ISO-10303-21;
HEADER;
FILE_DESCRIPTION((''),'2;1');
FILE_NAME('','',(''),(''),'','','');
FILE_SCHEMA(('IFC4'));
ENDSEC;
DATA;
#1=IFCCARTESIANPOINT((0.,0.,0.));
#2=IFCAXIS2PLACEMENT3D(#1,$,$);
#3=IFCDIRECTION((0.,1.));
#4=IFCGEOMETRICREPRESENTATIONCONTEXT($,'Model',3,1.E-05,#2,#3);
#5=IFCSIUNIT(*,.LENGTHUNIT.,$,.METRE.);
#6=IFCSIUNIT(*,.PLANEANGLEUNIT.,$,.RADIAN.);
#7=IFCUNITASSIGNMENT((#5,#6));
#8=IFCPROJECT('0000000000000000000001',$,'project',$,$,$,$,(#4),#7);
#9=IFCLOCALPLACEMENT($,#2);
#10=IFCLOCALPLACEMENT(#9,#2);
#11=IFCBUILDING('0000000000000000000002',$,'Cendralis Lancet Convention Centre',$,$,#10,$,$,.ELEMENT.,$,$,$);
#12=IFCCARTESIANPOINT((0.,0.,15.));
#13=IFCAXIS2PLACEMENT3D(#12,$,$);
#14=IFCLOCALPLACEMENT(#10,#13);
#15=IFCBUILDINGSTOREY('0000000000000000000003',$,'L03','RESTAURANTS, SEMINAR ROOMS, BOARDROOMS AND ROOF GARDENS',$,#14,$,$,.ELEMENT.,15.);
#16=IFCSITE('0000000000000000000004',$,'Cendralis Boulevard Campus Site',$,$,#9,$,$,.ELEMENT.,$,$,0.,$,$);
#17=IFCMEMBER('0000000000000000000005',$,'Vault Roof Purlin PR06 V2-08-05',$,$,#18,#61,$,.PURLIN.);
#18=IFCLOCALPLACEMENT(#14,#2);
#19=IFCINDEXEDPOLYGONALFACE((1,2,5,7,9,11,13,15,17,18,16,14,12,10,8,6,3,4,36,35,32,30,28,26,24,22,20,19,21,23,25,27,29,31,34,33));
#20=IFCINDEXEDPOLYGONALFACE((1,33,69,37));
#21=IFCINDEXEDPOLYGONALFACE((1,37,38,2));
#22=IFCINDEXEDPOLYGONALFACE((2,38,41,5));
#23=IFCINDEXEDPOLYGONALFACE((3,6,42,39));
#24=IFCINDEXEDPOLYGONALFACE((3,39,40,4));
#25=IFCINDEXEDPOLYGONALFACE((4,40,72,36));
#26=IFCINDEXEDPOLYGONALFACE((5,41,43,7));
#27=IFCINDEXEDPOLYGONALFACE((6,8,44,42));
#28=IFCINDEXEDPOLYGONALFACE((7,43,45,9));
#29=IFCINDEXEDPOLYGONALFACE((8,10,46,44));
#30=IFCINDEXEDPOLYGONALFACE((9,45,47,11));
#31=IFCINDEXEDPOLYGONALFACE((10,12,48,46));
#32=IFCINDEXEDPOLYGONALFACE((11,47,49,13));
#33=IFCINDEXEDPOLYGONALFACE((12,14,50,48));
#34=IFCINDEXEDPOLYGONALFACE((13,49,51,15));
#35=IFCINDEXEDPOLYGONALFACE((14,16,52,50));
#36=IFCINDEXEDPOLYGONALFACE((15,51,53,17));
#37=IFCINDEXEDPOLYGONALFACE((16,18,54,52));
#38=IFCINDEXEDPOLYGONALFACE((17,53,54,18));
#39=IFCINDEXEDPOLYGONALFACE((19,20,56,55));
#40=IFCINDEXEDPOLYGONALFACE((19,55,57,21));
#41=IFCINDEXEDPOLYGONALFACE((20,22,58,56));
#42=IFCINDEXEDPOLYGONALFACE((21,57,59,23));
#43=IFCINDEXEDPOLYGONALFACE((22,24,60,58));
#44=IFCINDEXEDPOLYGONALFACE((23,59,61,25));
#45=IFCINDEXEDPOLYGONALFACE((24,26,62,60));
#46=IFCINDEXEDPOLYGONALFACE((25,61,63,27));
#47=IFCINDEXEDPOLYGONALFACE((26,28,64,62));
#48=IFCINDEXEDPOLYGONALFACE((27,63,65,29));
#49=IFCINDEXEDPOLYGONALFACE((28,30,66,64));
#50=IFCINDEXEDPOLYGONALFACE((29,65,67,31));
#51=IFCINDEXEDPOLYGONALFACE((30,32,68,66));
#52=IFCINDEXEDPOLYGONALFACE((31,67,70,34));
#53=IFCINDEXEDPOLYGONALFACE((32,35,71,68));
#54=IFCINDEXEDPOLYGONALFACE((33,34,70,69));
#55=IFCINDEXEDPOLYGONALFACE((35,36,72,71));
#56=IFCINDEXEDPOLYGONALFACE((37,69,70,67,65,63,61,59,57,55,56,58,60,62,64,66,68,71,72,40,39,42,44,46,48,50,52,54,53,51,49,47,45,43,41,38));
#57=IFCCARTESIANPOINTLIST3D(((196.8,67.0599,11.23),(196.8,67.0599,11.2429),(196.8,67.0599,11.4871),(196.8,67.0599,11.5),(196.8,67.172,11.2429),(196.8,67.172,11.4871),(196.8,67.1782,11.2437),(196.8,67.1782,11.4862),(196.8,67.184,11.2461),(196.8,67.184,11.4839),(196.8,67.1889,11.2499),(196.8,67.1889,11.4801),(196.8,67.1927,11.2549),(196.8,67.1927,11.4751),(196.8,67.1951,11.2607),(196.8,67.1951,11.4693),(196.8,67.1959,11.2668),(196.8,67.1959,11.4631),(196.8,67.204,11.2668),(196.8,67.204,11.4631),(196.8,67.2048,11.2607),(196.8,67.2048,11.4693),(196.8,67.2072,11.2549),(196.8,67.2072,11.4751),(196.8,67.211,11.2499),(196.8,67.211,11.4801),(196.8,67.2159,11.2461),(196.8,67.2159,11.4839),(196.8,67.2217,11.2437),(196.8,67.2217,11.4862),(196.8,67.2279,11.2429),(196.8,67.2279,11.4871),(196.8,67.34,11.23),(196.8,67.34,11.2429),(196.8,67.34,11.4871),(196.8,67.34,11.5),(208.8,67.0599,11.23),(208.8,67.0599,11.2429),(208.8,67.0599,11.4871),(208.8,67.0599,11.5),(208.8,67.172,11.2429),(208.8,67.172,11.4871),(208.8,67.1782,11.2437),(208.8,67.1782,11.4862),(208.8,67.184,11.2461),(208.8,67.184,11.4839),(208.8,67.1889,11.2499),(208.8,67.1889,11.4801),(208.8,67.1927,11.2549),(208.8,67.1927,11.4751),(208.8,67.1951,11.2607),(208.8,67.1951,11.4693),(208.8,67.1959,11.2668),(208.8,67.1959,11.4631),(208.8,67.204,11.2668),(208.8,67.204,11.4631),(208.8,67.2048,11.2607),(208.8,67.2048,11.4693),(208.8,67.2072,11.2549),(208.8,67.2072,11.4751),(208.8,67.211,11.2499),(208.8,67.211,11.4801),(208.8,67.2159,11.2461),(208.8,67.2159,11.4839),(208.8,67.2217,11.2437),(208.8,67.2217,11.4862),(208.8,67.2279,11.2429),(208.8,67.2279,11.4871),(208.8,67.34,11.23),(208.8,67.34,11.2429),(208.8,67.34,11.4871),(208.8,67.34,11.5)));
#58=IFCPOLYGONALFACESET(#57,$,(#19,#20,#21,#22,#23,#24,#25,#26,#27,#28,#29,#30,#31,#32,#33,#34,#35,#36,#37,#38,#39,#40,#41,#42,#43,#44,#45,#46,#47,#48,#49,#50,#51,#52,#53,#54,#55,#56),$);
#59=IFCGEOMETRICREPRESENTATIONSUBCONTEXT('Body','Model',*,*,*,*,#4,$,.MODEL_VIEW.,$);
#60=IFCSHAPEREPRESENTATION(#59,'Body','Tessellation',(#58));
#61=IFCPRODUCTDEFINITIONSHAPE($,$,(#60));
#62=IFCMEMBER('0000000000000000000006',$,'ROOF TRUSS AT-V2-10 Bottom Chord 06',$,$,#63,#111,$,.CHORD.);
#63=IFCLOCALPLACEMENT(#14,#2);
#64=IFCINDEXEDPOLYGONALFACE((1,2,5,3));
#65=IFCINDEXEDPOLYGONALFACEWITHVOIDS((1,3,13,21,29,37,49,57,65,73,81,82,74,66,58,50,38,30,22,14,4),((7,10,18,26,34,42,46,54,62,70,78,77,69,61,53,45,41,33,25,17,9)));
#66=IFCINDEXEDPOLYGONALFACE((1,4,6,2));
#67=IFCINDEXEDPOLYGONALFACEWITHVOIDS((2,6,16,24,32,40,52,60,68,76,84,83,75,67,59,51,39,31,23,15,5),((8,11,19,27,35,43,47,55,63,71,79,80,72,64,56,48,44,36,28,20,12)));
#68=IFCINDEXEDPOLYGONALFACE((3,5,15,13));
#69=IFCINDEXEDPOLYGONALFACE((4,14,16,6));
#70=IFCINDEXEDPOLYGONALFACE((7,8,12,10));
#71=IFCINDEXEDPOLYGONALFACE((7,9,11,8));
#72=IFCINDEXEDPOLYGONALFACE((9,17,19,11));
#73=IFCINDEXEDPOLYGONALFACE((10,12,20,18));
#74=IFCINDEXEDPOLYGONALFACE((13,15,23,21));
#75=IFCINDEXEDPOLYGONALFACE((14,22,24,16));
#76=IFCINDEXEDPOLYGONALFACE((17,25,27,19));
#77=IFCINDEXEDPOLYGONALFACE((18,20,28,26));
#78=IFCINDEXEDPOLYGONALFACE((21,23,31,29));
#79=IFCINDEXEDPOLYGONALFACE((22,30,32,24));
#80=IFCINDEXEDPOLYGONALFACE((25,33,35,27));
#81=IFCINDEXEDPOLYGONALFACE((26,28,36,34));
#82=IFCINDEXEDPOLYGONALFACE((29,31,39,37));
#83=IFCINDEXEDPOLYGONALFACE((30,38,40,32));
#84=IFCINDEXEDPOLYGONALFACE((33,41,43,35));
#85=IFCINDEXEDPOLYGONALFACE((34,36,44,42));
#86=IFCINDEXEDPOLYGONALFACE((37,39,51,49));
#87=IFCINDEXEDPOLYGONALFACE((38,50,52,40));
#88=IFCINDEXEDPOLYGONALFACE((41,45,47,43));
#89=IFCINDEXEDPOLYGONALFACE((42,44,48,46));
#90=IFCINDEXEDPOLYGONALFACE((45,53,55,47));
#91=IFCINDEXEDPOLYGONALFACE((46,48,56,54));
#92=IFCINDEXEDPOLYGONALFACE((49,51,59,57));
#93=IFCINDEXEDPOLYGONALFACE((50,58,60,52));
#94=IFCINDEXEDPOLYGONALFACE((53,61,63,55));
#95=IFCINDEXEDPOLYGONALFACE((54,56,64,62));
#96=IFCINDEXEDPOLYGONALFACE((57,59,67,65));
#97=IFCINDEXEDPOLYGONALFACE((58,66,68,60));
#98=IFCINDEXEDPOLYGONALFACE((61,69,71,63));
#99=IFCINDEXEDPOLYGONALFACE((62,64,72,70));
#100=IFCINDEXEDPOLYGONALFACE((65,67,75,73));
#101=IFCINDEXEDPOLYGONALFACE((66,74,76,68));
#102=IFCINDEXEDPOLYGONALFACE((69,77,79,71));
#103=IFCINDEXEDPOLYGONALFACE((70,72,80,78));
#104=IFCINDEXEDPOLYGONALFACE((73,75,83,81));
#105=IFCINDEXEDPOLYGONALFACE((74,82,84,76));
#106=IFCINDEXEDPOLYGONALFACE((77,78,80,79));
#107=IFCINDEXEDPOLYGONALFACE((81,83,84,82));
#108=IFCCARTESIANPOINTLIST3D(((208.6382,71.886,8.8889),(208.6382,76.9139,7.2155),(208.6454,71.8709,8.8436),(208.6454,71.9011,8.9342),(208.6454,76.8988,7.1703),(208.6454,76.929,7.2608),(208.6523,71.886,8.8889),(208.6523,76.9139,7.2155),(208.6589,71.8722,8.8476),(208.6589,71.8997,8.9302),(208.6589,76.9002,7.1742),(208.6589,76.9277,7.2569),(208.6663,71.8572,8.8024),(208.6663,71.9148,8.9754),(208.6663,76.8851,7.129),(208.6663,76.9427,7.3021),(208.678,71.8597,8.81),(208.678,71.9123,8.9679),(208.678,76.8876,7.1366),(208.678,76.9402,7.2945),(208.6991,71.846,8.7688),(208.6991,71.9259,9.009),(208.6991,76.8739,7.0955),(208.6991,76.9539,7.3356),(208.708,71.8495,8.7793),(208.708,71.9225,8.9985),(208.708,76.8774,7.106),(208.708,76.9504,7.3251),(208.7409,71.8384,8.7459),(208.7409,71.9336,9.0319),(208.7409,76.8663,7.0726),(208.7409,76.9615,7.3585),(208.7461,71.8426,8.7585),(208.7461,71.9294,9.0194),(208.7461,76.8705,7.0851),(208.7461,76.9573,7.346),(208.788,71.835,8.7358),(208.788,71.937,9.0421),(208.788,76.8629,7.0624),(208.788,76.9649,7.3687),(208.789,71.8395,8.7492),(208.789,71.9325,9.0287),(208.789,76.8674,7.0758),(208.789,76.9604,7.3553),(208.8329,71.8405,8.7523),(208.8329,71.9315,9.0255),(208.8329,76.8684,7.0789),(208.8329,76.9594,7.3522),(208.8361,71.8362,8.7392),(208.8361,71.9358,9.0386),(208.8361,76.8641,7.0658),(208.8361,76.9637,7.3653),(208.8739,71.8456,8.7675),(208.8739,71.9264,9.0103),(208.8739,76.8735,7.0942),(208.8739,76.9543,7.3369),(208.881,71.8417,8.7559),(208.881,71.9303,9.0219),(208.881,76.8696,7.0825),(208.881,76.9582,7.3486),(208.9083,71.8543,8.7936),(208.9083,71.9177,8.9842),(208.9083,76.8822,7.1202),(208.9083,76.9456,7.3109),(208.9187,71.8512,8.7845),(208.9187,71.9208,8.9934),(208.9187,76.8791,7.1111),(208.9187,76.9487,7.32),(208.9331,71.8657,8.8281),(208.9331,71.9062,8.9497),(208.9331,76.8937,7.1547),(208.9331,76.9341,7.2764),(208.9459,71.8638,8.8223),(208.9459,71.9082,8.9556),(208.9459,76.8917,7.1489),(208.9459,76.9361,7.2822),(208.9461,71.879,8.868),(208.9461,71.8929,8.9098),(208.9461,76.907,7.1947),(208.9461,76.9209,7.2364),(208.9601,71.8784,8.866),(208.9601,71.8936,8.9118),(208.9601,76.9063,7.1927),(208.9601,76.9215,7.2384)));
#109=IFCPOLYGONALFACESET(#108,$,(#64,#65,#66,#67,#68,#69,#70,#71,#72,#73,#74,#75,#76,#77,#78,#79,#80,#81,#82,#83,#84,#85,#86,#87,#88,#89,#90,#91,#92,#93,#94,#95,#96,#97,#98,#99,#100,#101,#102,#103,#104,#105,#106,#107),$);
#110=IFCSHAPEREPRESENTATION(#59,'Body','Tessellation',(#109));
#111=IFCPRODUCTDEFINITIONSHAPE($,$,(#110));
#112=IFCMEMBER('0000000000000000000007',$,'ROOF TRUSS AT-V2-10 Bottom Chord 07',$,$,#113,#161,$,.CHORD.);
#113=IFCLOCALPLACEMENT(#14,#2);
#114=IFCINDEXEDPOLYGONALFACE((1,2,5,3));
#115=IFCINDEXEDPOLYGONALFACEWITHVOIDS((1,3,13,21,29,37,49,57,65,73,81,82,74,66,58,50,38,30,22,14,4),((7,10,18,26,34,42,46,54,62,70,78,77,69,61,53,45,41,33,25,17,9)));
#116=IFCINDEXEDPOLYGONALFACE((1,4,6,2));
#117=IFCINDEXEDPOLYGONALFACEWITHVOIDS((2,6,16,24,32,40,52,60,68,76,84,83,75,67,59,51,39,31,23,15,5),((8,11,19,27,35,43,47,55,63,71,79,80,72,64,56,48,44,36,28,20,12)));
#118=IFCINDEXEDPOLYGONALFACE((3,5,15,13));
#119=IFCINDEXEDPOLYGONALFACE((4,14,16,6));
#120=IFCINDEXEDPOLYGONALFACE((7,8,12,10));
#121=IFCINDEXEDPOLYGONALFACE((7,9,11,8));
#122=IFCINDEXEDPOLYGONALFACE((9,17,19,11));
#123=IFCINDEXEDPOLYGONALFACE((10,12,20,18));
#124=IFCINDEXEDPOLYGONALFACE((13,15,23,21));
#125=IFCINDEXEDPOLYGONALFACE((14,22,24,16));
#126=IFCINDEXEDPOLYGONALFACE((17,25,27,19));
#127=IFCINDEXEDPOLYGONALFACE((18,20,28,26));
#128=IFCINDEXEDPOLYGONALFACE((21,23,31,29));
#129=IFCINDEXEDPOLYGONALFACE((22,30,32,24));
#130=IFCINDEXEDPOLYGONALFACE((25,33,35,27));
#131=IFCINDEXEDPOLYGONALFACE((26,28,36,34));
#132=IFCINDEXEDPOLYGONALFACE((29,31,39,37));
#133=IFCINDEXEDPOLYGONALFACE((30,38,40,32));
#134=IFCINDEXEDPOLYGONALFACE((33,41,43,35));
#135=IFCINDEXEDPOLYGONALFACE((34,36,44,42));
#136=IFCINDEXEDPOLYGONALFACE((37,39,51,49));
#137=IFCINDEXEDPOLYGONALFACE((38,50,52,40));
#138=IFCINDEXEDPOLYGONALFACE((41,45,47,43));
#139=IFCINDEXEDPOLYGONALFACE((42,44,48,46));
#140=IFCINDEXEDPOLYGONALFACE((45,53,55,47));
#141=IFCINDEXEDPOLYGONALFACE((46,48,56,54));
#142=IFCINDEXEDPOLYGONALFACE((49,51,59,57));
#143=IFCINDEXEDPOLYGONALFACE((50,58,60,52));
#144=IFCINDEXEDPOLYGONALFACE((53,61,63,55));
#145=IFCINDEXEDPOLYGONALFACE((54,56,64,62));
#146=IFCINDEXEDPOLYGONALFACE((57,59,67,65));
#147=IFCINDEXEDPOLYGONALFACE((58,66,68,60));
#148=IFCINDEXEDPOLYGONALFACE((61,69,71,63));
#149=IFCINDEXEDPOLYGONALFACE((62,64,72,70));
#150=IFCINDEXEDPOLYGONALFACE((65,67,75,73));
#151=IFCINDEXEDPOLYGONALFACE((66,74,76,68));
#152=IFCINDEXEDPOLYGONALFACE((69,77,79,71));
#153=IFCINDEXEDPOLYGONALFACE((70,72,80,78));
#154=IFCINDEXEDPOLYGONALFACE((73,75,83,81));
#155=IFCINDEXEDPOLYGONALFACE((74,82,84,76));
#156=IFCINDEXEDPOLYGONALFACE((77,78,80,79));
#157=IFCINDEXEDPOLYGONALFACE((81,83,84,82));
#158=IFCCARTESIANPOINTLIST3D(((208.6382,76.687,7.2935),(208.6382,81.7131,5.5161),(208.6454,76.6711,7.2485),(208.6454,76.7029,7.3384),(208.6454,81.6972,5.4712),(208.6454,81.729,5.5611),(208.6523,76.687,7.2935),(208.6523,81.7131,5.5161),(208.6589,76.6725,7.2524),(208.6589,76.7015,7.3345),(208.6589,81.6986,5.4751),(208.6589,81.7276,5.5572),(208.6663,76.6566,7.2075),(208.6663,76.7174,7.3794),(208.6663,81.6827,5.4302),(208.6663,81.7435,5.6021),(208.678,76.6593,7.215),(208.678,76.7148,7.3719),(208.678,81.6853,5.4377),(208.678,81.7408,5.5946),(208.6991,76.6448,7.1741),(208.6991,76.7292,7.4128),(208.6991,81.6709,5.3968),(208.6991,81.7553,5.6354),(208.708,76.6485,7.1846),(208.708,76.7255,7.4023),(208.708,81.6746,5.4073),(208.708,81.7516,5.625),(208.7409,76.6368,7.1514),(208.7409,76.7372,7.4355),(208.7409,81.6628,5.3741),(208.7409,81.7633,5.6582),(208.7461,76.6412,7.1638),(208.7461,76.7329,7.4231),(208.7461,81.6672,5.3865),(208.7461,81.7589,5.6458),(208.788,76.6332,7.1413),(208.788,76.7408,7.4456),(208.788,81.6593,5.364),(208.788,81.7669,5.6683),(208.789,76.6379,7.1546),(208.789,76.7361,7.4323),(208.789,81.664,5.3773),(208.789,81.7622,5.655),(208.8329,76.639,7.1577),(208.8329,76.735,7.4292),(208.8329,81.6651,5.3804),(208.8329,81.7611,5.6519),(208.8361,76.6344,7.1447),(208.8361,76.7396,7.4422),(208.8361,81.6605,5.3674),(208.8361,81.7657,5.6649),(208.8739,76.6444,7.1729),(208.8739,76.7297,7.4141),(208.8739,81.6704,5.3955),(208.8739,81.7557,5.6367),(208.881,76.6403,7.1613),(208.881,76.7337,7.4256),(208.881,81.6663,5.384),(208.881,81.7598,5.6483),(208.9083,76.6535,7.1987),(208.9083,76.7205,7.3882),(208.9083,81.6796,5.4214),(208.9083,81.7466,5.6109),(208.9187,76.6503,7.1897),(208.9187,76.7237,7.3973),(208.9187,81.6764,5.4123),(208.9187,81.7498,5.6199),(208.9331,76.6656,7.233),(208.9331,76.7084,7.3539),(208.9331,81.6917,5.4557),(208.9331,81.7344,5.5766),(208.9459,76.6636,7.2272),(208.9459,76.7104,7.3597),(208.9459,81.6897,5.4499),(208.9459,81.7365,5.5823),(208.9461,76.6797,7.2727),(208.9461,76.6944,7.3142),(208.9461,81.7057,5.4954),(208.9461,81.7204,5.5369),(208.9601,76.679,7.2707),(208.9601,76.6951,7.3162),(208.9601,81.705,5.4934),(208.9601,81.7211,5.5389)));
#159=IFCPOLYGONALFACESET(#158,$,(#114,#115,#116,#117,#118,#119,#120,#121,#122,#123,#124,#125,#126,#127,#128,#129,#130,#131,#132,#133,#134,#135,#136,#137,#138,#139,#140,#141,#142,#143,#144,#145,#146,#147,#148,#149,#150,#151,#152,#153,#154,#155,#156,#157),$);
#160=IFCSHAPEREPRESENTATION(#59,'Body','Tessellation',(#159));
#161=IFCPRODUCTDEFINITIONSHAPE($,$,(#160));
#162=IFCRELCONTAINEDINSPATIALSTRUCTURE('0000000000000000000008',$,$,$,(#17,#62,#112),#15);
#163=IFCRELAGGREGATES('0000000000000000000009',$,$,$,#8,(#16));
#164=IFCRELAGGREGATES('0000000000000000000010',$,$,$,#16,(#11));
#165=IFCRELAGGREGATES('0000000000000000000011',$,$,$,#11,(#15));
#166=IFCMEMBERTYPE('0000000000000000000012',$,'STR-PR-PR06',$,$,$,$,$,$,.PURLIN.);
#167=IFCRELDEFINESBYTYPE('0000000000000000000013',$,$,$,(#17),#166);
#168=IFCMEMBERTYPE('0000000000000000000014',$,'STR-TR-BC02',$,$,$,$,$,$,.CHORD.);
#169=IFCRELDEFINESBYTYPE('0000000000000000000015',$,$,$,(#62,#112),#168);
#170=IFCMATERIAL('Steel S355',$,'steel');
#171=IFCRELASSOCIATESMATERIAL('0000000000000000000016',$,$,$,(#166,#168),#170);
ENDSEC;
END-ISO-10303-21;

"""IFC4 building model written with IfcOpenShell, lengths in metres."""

from ifc_helpers import new_model, si_unit, direction, frame, origin, origin_2d, place, context, subcontext, project, spatial, hollow_circle, i_section, extrude, material, material_profile, profile_set, type_object, element, save


model = new_model("IFC4")

# Units and contexts
model_context = context("Model", 3, precision=1e-05, world=origin(), true_north=direction((0.0, 1.0)))
body_context = subcontext(model_context, "Body", "Model", "MODEL_VIEW")
ifc_project = project(units=[si_unit("LENGTHUNIT", "METRE"), si_unit("PLANEANGLEUNIT", "RADIAN")], contexts=[model_context])

# Site, building, storey
site_placement = place(None, origin())
site = spatial("IfcSite", under=ifc_project, at=site_placement, Name="Cendralis Boulevard Campus Site", CompositionType="ELEMENT", RefElevation=0.0)
building_placement = place(site_placement, origin())
building = spatial("IfcBuilding", under=site, at=building_placement, Name="Cendralis Lancet Convention Centre", CompositionType="ELEMENT")
storey_placement = place(building_placement, frame((0.0, 0.0, 15.0)))
storey = spatial("IfcBuildingStorey", under=building, at=storey_placement, Name="L03", Description="RESTAURANTS, SEMINAR ROOMS, BOARDROOMS AND ROOF GARDENS", CompositionType="ELEMENT", Elevation=15.0)

# Members
ifc_material_1 = material(Name="Steel S355", Category="steel")
ifc_material_profile_1 = material_profile(ifc_material_1, i_section(OverallWidth=0.28, OverallDepth=0.27, WebThickness=0.0081, FlangeThickness=0.0129, FilletRadius=0.0239, at=origin_2d()), Name="HEA 280")
ifc_profile_set_1 = profile_set([ifc_material_profile_1], Name="Steel S355")
member_type_1 = type_object("IfcMemberType", Name="STR-PR-PR06", PredefinedType="PURLIN", material=ifc_profile_set_1)
member_1_placement = place(storey_placement, frame((196.8, 67.2, 11.365), z_axis=(1.0, 0.0, 0.0), x_axis=(0.0, 1.0, 0.0)))
element("IfcMember", 1, at=member_1_placement, inside=storey, type_object=member_type_1, Name="Vault Roof Purlin PR06 V2-08-05", PredefinedType="PURLIN", context=body_context, shape_type="SweptSolid", body=[
    extrude(i_section(OverallWidth=0.28, OverallDepth=0.27, WebThickness=0.0081, FlangeThickness=0.0129, FilletRadius=0.0239, at=origin_2d()), origin(), (0.0, 0.0, 1.0), 12.0),
])
ifc_material_profile_2 = material_profile(ifc_material_1, hollow_circle(Radius=0.1619, WallThickness=0.0142, at=origin_2d()), Name="CHS 323.9x14.2")
ifc_profile_set_2 = profile_set([ifc_material_profile_2], Name="Steel S355")
member_type_2 = type_object("IfcMemberType", Name="STR-TR-BC02", PredefinedType="CHORD", material=ifc_profile_set_2)
member_2_placement = place(storey_placement, frame((208.8, 71.886, 8.8889), z_axis=(0.0, 0.948831, -0.315785), x_axis=(-1.0, 0.0, 0.0)))
element("IfcMember", 2, at=member_2_placement, inside=storey, type_object=member_type_2, Name="ROOF TRUSS AT-V2-10 Bottom Chord 06", PredefinedType="CHORD", context=body_context, shape_type="SweptSolid", body=[
    extrude(hollow_circle(Radius=0.1619, WallThickness=0.0142, at=origin_2d()), origin(), (0.0, 0.0, 1.0), 5.2991),
])
member_3_placement = place(storey_placement, frame((208.8, 76.687, 7.2935), z_axis=(0.0, 0.942789, -0.33339), x_axis=(-1.0, 0.0, 0.0)))
element("IfcMember", 3, at=member_3_placement, inside=storey, type_object=member_type_2, Name="ROOF TRUSS AT-V2-10 Bottom Chord 07", PredefinedType="CHORD", context=body_context, shape_type="SweptSolid", body=[
    extrude(hollow_circle(Radius=0.1619, WallThickness=0.0142, at=origin_2d()), origin(), (0.0, 0.0, 1.0), 5.3311),
])

save(model, "model.ifc")
